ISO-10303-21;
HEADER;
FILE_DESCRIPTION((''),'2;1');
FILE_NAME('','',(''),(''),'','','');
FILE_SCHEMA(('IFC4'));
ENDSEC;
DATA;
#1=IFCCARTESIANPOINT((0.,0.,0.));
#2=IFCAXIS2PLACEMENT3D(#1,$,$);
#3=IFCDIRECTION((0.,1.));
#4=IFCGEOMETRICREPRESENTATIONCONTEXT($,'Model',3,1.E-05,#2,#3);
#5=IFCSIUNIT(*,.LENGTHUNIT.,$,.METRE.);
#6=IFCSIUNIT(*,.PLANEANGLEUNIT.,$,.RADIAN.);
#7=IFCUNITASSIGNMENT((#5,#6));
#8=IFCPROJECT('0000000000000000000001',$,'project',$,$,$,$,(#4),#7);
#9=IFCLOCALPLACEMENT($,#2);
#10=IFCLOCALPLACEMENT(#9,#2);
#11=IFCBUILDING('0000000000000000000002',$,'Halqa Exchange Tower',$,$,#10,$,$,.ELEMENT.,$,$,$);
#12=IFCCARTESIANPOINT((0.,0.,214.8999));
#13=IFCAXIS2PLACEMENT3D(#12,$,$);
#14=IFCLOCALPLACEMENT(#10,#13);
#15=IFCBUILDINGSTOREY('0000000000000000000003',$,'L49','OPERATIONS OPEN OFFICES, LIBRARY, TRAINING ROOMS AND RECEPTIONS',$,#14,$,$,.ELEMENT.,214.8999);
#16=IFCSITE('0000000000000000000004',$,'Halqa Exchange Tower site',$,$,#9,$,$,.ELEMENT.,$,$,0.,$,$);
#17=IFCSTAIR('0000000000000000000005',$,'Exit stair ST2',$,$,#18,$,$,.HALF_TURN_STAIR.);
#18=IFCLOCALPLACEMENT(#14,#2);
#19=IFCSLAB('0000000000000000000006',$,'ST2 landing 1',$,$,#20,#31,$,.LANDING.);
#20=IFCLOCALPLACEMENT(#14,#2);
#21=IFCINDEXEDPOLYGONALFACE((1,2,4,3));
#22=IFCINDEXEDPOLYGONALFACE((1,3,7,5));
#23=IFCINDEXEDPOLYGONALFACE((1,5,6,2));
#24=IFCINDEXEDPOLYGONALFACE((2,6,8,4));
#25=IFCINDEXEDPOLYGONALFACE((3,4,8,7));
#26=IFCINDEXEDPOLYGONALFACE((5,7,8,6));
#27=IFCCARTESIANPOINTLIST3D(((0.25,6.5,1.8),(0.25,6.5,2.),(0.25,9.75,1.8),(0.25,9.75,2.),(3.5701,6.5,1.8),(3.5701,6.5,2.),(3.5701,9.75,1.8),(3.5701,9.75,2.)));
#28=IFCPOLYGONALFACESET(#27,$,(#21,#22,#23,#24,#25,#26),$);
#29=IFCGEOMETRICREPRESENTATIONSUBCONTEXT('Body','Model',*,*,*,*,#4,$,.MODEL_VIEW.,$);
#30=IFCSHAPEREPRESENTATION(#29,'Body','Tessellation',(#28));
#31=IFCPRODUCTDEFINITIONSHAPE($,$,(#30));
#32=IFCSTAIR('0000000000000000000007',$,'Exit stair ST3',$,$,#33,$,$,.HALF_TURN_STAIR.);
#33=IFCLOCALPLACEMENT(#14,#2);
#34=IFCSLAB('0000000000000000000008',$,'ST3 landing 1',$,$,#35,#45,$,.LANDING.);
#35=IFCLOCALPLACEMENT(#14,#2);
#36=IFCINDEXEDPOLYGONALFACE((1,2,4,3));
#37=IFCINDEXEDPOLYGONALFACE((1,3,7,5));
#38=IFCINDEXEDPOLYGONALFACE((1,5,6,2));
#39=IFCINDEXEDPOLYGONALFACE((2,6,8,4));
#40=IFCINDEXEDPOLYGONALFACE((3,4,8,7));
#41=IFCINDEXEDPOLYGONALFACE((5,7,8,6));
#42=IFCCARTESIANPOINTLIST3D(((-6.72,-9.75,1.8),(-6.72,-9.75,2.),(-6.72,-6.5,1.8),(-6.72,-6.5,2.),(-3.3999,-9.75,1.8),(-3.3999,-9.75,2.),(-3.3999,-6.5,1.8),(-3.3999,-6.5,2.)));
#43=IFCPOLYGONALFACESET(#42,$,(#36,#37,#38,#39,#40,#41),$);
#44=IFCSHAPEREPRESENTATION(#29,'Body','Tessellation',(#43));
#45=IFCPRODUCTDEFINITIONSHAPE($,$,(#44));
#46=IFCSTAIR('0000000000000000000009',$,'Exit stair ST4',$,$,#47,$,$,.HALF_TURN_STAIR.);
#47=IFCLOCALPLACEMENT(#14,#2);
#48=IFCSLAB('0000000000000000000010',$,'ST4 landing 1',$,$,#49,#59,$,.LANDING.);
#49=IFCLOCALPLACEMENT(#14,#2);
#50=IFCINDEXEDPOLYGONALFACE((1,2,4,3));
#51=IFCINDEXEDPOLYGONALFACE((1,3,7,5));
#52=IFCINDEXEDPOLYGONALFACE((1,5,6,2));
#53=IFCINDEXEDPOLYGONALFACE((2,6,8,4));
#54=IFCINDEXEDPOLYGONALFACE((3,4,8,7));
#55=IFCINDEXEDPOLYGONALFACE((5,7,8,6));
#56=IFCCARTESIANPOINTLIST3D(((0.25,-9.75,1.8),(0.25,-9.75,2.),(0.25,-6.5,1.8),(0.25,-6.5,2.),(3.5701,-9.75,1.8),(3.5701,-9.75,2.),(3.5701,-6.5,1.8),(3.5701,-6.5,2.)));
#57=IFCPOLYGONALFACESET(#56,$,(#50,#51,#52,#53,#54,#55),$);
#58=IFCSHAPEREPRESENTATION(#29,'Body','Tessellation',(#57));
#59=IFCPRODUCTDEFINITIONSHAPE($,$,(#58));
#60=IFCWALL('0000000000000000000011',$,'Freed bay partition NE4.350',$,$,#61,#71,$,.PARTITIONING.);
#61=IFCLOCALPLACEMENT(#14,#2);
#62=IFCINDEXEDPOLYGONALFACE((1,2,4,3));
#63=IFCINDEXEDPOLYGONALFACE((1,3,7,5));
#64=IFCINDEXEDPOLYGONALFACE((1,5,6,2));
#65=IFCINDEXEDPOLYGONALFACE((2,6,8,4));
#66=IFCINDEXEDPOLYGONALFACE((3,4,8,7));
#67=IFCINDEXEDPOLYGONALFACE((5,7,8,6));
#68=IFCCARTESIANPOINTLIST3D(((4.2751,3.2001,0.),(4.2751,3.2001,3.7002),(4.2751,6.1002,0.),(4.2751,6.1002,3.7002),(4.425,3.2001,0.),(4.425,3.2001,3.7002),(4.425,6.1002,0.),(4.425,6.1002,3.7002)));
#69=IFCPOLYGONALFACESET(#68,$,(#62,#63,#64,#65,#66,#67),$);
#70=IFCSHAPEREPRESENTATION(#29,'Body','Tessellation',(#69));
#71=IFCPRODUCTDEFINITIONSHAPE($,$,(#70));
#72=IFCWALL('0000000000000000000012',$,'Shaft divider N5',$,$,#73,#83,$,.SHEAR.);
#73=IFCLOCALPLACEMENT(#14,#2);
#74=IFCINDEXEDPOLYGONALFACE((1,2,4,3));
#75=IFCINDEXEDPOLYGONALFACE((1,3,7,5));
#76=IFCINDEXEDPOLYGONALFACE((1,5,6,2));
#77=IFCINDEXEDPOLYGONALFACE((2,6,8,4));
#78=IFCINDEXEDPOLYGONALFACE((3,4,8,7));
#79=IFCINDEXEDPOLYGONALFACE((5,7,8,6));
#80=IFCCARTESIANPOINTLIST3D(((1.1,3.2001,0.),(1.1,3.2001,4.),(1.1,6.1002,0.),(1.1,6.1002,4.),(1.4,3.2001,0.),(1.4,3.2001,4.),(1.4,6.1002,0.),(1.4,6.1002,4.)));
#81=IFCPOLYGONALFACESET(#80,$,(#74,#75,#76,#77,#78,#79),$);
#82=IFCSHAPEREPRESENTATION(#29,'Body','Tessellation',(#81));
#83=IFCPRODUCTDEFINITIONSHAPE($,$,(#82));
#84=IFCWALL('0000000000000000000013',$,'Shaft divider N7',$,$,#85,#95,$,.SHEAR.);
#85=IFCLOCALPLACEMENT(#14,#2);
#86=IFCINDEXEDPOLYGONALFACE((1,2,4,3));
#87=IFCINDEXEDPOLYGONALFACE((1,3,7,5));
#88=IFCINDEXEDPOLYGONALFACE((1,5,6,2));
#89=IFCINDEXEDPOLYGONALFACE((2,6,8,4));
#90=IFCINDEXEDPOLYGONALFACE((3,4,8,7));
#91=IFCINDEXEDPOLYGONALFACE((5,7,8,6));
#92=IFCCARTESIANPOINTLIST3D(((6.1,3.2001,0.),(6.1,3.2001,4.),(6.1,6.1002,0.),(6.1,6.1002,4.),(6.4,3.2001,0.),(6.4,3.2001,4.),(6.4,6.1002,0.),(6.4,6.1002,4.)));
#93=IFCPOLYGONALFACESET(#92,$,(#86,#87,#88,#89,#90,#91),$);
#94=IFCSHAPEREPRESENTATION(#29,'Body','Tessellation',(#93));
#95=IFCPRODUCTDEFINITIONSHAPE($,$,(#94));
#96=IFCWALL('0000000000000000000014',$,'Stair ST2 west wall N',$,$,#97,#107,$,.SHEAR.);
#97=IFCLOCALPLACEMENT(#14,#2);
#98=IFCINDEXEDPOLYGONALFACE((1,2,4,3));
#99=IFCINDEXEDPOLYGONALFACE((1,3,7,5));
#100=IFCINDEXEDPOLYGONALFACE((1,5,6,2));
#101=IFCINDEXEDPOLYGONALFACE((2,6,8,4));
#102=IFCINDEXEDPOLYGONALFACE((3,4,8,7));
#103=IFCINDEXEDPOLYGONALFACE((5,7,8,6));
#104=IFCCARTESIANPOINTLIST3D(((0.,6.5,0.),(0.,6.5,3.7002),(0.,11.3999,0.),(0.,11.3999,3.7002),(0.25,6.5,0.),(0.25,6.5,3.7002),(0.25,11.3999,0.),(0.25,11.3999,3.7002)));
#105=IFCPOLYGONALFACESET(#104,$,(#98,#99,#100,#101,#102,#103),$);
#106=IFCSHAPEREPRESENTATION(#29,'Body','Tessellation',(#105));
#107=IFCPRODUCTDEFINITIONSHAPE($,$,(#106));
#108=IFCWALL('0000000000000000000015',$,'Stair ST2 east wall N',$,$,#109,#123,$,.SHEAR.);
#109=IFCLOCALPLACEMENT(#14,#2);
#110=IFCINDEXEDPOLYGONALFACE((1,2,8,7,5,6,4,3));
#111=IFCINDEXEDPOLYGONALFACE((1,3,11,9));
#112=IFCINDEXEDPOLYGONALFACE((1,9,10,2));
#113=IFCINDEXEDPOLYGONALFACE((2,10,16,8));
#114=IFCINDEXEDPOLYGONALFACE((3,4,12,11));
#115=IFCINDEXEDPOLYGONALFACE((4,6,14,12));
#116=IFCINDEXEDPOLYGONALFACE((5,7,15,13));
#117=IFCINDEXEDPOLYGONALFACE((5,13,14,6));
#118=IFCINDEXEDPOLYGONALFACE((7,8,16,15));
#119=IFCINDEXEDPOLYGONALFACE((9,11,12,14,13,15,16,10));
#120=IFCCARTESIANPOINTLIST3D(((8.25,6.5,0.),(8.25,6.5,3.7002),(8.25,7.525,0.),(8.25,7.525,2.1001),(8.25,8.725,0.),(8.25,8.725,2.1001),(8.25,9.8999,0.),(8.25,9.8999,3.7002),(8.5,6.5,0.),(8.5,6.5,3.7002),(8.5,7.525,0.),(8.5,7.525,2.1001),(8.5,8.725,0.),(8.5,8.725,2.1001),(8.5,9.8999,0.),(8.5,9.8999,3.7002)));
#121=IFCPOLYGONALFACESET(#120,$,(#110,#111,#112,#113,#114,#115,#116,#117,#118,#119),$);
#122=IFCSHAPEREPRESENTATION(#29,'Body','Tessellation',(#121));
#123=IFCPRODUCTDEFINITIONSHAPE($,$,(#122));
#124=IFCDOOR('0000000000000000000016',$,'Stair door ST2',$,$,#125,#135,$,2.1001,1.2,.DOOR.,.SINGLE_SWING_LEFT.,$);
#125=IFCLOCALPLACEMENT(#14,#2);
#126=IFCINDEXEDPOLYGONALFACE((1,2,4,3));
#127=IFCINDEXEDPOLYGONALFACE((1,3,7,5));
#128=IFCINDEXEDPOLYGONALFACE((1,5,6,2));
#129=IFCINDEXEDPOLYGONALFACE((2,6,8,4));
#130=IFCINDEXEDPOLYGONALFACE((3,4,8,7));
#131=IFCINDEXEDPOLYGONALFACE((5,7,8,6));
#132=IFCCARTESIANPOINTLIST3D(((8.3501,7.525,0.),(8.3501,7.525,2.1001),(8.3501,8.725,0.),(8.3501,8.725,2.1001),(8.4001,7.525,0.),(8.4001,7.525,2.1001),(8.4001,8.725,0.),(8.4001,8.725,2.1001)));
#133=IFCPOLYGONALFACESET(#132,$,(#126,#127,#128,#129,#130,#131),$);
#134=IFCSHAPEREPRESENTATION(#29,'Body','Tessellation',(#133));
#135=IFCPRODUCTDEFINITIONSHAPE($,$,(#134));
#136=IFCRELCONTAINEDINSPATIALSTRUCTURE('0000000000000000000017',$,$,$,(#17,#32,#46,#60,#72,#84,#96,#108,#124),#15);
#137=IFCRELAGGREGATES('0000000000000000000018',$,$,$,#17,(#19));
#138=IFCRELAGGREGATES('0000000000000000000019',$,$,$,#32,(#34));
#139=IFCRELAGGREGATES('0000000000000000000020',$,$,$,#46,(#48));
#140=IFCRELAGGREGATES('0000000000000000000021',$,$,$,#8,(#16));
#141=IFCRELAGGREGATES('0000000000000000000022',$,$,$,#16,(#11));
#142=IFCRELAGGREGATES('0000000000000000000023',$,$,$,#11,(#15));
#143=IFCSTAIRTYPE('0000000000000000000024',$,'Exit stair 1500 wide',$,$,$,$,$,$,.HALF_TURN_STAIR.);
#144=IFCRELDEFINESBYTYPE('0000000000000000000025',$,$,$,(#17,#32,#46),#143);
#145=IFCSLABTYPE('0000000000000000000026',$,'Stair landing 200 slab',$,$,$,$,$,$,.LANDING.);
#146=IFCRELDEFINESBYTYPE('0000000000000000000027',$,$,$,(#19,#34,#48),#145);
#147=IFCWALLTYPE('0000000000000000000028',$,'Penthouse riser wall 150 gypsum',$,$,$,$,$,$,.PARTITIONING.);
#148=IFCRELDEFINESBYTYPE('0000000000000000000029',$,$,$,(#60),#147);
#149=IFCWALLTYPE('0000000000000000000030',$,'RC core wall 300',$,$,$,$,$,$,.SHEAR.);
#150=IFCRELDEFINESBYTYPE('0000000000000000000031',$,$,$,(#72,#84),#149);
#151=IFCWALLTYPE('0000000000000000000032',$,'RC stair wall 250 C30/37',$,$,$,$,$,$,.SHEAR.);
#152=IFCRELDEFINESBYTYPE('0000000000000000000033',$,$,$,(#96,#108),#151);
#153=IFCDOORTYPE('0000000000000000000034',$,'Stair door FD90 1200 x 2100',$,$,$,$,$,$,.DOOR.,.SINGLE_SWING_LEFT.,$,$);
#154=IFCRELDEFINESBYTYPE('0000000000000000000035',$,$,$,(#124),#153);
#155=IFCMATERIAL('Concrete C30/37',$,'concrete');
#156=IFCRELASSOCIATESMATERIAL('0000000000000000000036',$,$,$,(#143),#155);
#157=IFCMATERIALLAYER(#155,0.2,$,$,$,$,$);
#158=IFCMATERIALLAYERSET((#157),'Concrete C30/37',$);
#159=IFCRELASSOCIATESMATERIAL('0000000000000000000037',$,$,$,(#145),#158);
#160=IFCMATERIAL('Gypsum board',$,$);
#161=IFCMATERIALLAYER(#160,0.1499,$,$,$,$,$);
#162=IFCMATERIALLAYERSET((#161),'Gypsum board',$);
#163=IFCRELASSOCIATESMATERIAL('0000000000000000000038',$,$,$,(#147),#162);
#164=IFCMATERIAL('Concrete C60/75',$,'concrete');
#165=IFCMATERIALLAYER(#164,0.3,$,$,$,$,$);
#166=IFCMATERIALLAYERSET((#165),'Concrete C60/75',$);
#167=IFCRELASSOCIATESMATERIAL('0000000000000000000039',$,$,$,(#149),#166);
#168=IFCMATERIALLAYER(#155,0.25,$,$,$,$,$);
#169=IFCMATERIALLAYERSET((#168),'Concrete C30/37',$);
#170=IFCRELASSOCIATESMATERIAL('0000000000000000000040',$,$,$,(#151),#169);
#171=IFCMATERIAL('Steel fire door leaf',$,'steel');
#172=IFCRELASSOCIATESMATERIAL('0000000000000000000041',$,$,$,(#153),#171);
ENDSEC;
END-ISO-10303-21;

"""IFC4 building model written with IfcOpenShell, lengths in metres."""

from ifc_helpers import new_model, si_unit, direction, frame, frame_2d, origin, place, context, subcontext, project, spatial, polyline, rectangle, outline, extrude, material, layer, layer_set, type_object, element, fill, aggregate, save


model = new_model("IFC4")

# Units and contexts
model_context = context("Model", 3, precision=1e-05, world=origin(), true_north=direction((0.0, 1.0)))
body_context = subcontext(model_context, "Body", "Model", "MODEL_VIEW")
ifc_project = project(units=[si_unit("LENGTHUNIT", "METRE"), si_unit("PLANEANGLEUNIT", "RADIAN")], contexts=[model_context])

# Site, building, storey
site_placement = place(None, origin())
site = spatial("IfcSite", under=ifc_project, at=site_placement, Name="Halqa Exchange Tower site", CompositionType="ELEMENT", RefElevation=0.0)
building_placement = place(site_placement, origin())
building = spatial("IfcBuilding", under=site, at=building_placement, Name="Halqa Exchange Tower", CompositionType="ELEMENT")
storey_placement = place(building_placement, frame((0.0, 0.0, 214.8999)))
storey = spatial("IfcBuildingStorey", under=building, at=storey_placement, Name="L49", Description="OPERATIONS OPEN OFFICES, LIBRARY, TRAINING ROOMS AND RECEPTIONS", CompositionType="ELEMENT", Elevation=214.8999)

# Shared definitions
ifc_material_1 = material(Name="Concrete C60/75", Category="concrete")

# Stairs, slabs
ifc_material_2 = material(Name="Concrete C30/37", Category="concrete")
stair_type = type_object("IfcStairType", Name="Exit stair 1500 wide", PredefinedType="HALF_TURN_STAIR", material=ifc_material_2)
ifc_layer_1 = layer(ifc_material_2, 0.2)
ifc_layer_set_1 = layer_set([ifc_layer_1], Name="Concrete C30/37")
slab_type_1 = type_object("IfcSlabType", Name="Stair landing 200 slab", PredefinedType="LANDING", material=ifc_layer_set_1)
stair_1_placement = place(storey_placement, origin())
stair_1 = element("IfcStair", 1, at=stair_1_placement, inside=storey, type_object=stair_type, Name="Exit stair ST2", PredefinedType="HALF_TURN_STAIR")
slab_1_placement = place(storey_placement, frame((0.0, 0.0, 1.8)))
slab_1 = element("IfcSlab", 2, at=slab_1_placement, type_object=slab_type_1, Name="ST2 landing 1", PredefinedType="LANDING", context=body_context, shape_type="SweptSolid", body=[
    extrude(outline(polyline([(0.25, 6.5), (3.5701, 6.5), (3.5701, 9.75), (0.25, 9.75), (0.25, 6.5)])), origin(), (0.0, 0.0, 1.0), 0.2),
])
aggregate(stair_1, [slab_1])
stair_2_placement = place(storey_placement, origin())
stair_2 = element("IfcStair", 3, at=stair_2_placement, inside=storey, type_object=stair_type, Name="Exit stair ST3", PredefinedType="HALF_TURN_STAIR")
slab_2_placement = place(storey_placement, frame((0.0, 0.0, 1.8)))
slab_2 = element("IfcSlab", 4, at=slab_2_placement, type_object=slab_type_1, Name="ST3 landing 1", PredefinedType="LANDING", context=body_context, shape_type="SweptSolid", body=[
    extrude(outline(polyline([(-6.72, -9.75), (-3.3999, -9.75), (-3.3999, -6.5), (-6.72, -6.5), (-6.72, -9.75)])), origin(), (0.0, 0.0, 1.0), 0.2),
])
aggregate(stair_2, [slab_2])
stair_3_placement = place(storey_placement, origin())
stair_3 = element("IfcStair", 5, at=stair_3_placement, inside=storey, type_object=stair_type, Name="Exit stair ST4", PredefinedType="HALF_TURN_STAIR")
slab_3_placement = place(storey_placement, frame((0.0, 0.0, 1.8)))
slab_3 = element("IfcSlab", 6, at=slab_3_placement, type_object=slab_type_1, Name="ST4 landing 1", PredefinedType="LANDING", context=body_context, shape_type="SweptSolid", body=[
    extrude(outline(polyline([(0.25, -9.75), (3.5701, -9.75), (3.5701, -6.5), (0.25, -6.5), (0.25, -9.75)])), origin(), (0.0, 0.0, 1.0), 0.2),
])
aggregate(stair_3, [slab_3])

# Walls
ifc_material_3 = material(Name="Gypsum board")
ifc_layer_2 = layer(ifc_material_3, 0.1499)
ifc_layer_set_2 = layer_set([ifc_layer_2], Name="Gypsum board")
wall_type_1 = type_object("IfcWallType", Name="Penthouse riser wall 150 gypsum", PredefinedType="PARTITIONING", material=ifc_layer_set_2)
wall_1_placement = place(storey_placement, frame((4.3501, 3.2, 0.0), z_axis=(0.0, 0.0, 1.0), x_axis=(0.0, 1.0, 0.0)))
element("IfcWall", 7, at=wall_1_placement, inside=storey, type_object=wall_type_1, Name="Freed bay partition NE4.350", PredefinedType="PARTITIONING", context=body_context, shape_type="SweptSolid", body=[
    extrude(rectangle(XDim=2.9001, YDim=0.1499, at=frame_2d((1.4502, 0.0))), origin(), (0.0, 0.0, 1.0), 3.7002),
])
ifc_layer_3 = layer(ifc_material_1, 0.3)
ifc_layer_set_3 = layer_set([ifc_layer_3], Name="Concrete C60/75")
wall_type_2 = type_object("IfcWallType", Name="RC core wall 300", PredefinedType="SHEAR", material=ifc_layer_set_3)
for number, where, z_axis, x_axis, name in (
    (8, (1.25, 3.2, 0.0), (0.0, 0.0, 1.0), (0.0, 1.0, 0.0), "Shaft divider N5"),
    (9, (6.25, 3.2, 0.0), (0.0, 0.0, 1.0), (0.0, 1.0, 0.0), "Shaft divider N7"),
):
    element("IfcWall", number, at=place(storey_placement, frame(where, z_axis=z_axis, x_axis=x_axis)), inside=storey, type_object=wall_type_2, Name=name, PredefinedType="SHEAR", context=body_context, shape_type="SweptSolid", body=[
        extrude(rectangle(XDim=2.9001, YDim=0.3, at=frame_2d((1.4502, 0.0))), origin(), (0.0, 0.0, 1.0), 4.0),
    ])
ifc_layer_4 = layer(ifc_material_2, 0.25)
ifc_layer_set_4 = layer_set([ifc_layer_4], Name="Concrete C30/37")
wall_type_3 = type_object("IfcWallType", Name="RC stair wall 250 C30/37", PredefinedType="SHEAR", material=ifc_layer_set_4)
wall_2_placement = place(storey_placement, frame((0.125, 6.5, 0.0), z_axis=(0.0, 0.0, 1.0), x_axis=(0.0, 1.0, 0.0)))
element("IfcWall", 10, at=wall_2_placement, inside=storey, type_object=wall_type_3, Name="Stair ST2 west wall N", PredefinedType="SHEAR", context=body_context, shape_type="SweptSolid", body=[
    extrude(rectangle(XDim=4.8999, YDim=0.25, at=frame_2d((2.45, 0.0))), origin(), (0.0, 0.0, 1.0), 3.7002),
])

# Wall, opening, door
wall_3_placement = place(storey_placement, frame((8.375, 6.5, 0.0), z_axis=(0.0, 0.0, 1.0), x_axis=(0.0, 1.0, 0.0)))
wall_3 = element("IfcWall", 11, at=wall_3_placement, inside=storey, type_object=wall_type_3, Name="Stair ST2 east wall N", PredefinedType="SHEAR", context=body_context, shape_type="SweptSolid", body=[
    extrude(rectangle(XDim=3.3999, YDim=0.25, at=frame_2d((1.7, 0.0))), origin(), (0.0, 0.0, 1.0), 3.7002),
])
opening_placement = place(wall_3_placement, frame((1.0249, 0.0, 0.0)))
opening = element("IfcOpeningElement", 12, at=opening_placement, cuts=wall_3, PredefinedType="OPENING", context=body_context, shape_type="SweptSolid", body=[
    extrude(rectangle(XDim=1.2, YDim=2.1001, at=frame_2d((0.6001, 1.05))), frame((0.0, 0.137, 0.0), z_axis=(0.0, -1.0, 0.0), x_axis=(1.0, 0.0, 0.0)), (0.0, 0.0, 1.0), 0.2739),
])
ifc_material_4 = material(Name="Steel fire door leaf", Category="steel")
door_type = type_object("IfcDoorType", Name="Stair door FD90 1200 x 2100", OperationType="SINGLE_SWING_LEFT", PredefinedType="DOOR", material=ifc_material_4)
door_placement = place(opening_placement, origin())
door = element("IfcDoor", 13, at=door_placement, inside=storey, type_object=door_type, Name="Stair door ST2", OperationType="SINGLE_SWING_LEFT", OverallHeight=2.1001, OverallWidth=1.2, PredefinedType="DOOR", context=body_context, shape_type="SweptSolid", body=[
    extrude(rectangle(XDim=1.2, YDim=2.1001, at=frame_2d((0.6001, 1.05))), frame((0.0, 0.0249, 0.0), z_axis=(0.0, -1.0, 0.0), x_axis=(1.0, 0.0, 0.0)), (0.0, 0.0, 1.0), 0.05),
])
fill(opening, door)

save(model, "model.ifc")
